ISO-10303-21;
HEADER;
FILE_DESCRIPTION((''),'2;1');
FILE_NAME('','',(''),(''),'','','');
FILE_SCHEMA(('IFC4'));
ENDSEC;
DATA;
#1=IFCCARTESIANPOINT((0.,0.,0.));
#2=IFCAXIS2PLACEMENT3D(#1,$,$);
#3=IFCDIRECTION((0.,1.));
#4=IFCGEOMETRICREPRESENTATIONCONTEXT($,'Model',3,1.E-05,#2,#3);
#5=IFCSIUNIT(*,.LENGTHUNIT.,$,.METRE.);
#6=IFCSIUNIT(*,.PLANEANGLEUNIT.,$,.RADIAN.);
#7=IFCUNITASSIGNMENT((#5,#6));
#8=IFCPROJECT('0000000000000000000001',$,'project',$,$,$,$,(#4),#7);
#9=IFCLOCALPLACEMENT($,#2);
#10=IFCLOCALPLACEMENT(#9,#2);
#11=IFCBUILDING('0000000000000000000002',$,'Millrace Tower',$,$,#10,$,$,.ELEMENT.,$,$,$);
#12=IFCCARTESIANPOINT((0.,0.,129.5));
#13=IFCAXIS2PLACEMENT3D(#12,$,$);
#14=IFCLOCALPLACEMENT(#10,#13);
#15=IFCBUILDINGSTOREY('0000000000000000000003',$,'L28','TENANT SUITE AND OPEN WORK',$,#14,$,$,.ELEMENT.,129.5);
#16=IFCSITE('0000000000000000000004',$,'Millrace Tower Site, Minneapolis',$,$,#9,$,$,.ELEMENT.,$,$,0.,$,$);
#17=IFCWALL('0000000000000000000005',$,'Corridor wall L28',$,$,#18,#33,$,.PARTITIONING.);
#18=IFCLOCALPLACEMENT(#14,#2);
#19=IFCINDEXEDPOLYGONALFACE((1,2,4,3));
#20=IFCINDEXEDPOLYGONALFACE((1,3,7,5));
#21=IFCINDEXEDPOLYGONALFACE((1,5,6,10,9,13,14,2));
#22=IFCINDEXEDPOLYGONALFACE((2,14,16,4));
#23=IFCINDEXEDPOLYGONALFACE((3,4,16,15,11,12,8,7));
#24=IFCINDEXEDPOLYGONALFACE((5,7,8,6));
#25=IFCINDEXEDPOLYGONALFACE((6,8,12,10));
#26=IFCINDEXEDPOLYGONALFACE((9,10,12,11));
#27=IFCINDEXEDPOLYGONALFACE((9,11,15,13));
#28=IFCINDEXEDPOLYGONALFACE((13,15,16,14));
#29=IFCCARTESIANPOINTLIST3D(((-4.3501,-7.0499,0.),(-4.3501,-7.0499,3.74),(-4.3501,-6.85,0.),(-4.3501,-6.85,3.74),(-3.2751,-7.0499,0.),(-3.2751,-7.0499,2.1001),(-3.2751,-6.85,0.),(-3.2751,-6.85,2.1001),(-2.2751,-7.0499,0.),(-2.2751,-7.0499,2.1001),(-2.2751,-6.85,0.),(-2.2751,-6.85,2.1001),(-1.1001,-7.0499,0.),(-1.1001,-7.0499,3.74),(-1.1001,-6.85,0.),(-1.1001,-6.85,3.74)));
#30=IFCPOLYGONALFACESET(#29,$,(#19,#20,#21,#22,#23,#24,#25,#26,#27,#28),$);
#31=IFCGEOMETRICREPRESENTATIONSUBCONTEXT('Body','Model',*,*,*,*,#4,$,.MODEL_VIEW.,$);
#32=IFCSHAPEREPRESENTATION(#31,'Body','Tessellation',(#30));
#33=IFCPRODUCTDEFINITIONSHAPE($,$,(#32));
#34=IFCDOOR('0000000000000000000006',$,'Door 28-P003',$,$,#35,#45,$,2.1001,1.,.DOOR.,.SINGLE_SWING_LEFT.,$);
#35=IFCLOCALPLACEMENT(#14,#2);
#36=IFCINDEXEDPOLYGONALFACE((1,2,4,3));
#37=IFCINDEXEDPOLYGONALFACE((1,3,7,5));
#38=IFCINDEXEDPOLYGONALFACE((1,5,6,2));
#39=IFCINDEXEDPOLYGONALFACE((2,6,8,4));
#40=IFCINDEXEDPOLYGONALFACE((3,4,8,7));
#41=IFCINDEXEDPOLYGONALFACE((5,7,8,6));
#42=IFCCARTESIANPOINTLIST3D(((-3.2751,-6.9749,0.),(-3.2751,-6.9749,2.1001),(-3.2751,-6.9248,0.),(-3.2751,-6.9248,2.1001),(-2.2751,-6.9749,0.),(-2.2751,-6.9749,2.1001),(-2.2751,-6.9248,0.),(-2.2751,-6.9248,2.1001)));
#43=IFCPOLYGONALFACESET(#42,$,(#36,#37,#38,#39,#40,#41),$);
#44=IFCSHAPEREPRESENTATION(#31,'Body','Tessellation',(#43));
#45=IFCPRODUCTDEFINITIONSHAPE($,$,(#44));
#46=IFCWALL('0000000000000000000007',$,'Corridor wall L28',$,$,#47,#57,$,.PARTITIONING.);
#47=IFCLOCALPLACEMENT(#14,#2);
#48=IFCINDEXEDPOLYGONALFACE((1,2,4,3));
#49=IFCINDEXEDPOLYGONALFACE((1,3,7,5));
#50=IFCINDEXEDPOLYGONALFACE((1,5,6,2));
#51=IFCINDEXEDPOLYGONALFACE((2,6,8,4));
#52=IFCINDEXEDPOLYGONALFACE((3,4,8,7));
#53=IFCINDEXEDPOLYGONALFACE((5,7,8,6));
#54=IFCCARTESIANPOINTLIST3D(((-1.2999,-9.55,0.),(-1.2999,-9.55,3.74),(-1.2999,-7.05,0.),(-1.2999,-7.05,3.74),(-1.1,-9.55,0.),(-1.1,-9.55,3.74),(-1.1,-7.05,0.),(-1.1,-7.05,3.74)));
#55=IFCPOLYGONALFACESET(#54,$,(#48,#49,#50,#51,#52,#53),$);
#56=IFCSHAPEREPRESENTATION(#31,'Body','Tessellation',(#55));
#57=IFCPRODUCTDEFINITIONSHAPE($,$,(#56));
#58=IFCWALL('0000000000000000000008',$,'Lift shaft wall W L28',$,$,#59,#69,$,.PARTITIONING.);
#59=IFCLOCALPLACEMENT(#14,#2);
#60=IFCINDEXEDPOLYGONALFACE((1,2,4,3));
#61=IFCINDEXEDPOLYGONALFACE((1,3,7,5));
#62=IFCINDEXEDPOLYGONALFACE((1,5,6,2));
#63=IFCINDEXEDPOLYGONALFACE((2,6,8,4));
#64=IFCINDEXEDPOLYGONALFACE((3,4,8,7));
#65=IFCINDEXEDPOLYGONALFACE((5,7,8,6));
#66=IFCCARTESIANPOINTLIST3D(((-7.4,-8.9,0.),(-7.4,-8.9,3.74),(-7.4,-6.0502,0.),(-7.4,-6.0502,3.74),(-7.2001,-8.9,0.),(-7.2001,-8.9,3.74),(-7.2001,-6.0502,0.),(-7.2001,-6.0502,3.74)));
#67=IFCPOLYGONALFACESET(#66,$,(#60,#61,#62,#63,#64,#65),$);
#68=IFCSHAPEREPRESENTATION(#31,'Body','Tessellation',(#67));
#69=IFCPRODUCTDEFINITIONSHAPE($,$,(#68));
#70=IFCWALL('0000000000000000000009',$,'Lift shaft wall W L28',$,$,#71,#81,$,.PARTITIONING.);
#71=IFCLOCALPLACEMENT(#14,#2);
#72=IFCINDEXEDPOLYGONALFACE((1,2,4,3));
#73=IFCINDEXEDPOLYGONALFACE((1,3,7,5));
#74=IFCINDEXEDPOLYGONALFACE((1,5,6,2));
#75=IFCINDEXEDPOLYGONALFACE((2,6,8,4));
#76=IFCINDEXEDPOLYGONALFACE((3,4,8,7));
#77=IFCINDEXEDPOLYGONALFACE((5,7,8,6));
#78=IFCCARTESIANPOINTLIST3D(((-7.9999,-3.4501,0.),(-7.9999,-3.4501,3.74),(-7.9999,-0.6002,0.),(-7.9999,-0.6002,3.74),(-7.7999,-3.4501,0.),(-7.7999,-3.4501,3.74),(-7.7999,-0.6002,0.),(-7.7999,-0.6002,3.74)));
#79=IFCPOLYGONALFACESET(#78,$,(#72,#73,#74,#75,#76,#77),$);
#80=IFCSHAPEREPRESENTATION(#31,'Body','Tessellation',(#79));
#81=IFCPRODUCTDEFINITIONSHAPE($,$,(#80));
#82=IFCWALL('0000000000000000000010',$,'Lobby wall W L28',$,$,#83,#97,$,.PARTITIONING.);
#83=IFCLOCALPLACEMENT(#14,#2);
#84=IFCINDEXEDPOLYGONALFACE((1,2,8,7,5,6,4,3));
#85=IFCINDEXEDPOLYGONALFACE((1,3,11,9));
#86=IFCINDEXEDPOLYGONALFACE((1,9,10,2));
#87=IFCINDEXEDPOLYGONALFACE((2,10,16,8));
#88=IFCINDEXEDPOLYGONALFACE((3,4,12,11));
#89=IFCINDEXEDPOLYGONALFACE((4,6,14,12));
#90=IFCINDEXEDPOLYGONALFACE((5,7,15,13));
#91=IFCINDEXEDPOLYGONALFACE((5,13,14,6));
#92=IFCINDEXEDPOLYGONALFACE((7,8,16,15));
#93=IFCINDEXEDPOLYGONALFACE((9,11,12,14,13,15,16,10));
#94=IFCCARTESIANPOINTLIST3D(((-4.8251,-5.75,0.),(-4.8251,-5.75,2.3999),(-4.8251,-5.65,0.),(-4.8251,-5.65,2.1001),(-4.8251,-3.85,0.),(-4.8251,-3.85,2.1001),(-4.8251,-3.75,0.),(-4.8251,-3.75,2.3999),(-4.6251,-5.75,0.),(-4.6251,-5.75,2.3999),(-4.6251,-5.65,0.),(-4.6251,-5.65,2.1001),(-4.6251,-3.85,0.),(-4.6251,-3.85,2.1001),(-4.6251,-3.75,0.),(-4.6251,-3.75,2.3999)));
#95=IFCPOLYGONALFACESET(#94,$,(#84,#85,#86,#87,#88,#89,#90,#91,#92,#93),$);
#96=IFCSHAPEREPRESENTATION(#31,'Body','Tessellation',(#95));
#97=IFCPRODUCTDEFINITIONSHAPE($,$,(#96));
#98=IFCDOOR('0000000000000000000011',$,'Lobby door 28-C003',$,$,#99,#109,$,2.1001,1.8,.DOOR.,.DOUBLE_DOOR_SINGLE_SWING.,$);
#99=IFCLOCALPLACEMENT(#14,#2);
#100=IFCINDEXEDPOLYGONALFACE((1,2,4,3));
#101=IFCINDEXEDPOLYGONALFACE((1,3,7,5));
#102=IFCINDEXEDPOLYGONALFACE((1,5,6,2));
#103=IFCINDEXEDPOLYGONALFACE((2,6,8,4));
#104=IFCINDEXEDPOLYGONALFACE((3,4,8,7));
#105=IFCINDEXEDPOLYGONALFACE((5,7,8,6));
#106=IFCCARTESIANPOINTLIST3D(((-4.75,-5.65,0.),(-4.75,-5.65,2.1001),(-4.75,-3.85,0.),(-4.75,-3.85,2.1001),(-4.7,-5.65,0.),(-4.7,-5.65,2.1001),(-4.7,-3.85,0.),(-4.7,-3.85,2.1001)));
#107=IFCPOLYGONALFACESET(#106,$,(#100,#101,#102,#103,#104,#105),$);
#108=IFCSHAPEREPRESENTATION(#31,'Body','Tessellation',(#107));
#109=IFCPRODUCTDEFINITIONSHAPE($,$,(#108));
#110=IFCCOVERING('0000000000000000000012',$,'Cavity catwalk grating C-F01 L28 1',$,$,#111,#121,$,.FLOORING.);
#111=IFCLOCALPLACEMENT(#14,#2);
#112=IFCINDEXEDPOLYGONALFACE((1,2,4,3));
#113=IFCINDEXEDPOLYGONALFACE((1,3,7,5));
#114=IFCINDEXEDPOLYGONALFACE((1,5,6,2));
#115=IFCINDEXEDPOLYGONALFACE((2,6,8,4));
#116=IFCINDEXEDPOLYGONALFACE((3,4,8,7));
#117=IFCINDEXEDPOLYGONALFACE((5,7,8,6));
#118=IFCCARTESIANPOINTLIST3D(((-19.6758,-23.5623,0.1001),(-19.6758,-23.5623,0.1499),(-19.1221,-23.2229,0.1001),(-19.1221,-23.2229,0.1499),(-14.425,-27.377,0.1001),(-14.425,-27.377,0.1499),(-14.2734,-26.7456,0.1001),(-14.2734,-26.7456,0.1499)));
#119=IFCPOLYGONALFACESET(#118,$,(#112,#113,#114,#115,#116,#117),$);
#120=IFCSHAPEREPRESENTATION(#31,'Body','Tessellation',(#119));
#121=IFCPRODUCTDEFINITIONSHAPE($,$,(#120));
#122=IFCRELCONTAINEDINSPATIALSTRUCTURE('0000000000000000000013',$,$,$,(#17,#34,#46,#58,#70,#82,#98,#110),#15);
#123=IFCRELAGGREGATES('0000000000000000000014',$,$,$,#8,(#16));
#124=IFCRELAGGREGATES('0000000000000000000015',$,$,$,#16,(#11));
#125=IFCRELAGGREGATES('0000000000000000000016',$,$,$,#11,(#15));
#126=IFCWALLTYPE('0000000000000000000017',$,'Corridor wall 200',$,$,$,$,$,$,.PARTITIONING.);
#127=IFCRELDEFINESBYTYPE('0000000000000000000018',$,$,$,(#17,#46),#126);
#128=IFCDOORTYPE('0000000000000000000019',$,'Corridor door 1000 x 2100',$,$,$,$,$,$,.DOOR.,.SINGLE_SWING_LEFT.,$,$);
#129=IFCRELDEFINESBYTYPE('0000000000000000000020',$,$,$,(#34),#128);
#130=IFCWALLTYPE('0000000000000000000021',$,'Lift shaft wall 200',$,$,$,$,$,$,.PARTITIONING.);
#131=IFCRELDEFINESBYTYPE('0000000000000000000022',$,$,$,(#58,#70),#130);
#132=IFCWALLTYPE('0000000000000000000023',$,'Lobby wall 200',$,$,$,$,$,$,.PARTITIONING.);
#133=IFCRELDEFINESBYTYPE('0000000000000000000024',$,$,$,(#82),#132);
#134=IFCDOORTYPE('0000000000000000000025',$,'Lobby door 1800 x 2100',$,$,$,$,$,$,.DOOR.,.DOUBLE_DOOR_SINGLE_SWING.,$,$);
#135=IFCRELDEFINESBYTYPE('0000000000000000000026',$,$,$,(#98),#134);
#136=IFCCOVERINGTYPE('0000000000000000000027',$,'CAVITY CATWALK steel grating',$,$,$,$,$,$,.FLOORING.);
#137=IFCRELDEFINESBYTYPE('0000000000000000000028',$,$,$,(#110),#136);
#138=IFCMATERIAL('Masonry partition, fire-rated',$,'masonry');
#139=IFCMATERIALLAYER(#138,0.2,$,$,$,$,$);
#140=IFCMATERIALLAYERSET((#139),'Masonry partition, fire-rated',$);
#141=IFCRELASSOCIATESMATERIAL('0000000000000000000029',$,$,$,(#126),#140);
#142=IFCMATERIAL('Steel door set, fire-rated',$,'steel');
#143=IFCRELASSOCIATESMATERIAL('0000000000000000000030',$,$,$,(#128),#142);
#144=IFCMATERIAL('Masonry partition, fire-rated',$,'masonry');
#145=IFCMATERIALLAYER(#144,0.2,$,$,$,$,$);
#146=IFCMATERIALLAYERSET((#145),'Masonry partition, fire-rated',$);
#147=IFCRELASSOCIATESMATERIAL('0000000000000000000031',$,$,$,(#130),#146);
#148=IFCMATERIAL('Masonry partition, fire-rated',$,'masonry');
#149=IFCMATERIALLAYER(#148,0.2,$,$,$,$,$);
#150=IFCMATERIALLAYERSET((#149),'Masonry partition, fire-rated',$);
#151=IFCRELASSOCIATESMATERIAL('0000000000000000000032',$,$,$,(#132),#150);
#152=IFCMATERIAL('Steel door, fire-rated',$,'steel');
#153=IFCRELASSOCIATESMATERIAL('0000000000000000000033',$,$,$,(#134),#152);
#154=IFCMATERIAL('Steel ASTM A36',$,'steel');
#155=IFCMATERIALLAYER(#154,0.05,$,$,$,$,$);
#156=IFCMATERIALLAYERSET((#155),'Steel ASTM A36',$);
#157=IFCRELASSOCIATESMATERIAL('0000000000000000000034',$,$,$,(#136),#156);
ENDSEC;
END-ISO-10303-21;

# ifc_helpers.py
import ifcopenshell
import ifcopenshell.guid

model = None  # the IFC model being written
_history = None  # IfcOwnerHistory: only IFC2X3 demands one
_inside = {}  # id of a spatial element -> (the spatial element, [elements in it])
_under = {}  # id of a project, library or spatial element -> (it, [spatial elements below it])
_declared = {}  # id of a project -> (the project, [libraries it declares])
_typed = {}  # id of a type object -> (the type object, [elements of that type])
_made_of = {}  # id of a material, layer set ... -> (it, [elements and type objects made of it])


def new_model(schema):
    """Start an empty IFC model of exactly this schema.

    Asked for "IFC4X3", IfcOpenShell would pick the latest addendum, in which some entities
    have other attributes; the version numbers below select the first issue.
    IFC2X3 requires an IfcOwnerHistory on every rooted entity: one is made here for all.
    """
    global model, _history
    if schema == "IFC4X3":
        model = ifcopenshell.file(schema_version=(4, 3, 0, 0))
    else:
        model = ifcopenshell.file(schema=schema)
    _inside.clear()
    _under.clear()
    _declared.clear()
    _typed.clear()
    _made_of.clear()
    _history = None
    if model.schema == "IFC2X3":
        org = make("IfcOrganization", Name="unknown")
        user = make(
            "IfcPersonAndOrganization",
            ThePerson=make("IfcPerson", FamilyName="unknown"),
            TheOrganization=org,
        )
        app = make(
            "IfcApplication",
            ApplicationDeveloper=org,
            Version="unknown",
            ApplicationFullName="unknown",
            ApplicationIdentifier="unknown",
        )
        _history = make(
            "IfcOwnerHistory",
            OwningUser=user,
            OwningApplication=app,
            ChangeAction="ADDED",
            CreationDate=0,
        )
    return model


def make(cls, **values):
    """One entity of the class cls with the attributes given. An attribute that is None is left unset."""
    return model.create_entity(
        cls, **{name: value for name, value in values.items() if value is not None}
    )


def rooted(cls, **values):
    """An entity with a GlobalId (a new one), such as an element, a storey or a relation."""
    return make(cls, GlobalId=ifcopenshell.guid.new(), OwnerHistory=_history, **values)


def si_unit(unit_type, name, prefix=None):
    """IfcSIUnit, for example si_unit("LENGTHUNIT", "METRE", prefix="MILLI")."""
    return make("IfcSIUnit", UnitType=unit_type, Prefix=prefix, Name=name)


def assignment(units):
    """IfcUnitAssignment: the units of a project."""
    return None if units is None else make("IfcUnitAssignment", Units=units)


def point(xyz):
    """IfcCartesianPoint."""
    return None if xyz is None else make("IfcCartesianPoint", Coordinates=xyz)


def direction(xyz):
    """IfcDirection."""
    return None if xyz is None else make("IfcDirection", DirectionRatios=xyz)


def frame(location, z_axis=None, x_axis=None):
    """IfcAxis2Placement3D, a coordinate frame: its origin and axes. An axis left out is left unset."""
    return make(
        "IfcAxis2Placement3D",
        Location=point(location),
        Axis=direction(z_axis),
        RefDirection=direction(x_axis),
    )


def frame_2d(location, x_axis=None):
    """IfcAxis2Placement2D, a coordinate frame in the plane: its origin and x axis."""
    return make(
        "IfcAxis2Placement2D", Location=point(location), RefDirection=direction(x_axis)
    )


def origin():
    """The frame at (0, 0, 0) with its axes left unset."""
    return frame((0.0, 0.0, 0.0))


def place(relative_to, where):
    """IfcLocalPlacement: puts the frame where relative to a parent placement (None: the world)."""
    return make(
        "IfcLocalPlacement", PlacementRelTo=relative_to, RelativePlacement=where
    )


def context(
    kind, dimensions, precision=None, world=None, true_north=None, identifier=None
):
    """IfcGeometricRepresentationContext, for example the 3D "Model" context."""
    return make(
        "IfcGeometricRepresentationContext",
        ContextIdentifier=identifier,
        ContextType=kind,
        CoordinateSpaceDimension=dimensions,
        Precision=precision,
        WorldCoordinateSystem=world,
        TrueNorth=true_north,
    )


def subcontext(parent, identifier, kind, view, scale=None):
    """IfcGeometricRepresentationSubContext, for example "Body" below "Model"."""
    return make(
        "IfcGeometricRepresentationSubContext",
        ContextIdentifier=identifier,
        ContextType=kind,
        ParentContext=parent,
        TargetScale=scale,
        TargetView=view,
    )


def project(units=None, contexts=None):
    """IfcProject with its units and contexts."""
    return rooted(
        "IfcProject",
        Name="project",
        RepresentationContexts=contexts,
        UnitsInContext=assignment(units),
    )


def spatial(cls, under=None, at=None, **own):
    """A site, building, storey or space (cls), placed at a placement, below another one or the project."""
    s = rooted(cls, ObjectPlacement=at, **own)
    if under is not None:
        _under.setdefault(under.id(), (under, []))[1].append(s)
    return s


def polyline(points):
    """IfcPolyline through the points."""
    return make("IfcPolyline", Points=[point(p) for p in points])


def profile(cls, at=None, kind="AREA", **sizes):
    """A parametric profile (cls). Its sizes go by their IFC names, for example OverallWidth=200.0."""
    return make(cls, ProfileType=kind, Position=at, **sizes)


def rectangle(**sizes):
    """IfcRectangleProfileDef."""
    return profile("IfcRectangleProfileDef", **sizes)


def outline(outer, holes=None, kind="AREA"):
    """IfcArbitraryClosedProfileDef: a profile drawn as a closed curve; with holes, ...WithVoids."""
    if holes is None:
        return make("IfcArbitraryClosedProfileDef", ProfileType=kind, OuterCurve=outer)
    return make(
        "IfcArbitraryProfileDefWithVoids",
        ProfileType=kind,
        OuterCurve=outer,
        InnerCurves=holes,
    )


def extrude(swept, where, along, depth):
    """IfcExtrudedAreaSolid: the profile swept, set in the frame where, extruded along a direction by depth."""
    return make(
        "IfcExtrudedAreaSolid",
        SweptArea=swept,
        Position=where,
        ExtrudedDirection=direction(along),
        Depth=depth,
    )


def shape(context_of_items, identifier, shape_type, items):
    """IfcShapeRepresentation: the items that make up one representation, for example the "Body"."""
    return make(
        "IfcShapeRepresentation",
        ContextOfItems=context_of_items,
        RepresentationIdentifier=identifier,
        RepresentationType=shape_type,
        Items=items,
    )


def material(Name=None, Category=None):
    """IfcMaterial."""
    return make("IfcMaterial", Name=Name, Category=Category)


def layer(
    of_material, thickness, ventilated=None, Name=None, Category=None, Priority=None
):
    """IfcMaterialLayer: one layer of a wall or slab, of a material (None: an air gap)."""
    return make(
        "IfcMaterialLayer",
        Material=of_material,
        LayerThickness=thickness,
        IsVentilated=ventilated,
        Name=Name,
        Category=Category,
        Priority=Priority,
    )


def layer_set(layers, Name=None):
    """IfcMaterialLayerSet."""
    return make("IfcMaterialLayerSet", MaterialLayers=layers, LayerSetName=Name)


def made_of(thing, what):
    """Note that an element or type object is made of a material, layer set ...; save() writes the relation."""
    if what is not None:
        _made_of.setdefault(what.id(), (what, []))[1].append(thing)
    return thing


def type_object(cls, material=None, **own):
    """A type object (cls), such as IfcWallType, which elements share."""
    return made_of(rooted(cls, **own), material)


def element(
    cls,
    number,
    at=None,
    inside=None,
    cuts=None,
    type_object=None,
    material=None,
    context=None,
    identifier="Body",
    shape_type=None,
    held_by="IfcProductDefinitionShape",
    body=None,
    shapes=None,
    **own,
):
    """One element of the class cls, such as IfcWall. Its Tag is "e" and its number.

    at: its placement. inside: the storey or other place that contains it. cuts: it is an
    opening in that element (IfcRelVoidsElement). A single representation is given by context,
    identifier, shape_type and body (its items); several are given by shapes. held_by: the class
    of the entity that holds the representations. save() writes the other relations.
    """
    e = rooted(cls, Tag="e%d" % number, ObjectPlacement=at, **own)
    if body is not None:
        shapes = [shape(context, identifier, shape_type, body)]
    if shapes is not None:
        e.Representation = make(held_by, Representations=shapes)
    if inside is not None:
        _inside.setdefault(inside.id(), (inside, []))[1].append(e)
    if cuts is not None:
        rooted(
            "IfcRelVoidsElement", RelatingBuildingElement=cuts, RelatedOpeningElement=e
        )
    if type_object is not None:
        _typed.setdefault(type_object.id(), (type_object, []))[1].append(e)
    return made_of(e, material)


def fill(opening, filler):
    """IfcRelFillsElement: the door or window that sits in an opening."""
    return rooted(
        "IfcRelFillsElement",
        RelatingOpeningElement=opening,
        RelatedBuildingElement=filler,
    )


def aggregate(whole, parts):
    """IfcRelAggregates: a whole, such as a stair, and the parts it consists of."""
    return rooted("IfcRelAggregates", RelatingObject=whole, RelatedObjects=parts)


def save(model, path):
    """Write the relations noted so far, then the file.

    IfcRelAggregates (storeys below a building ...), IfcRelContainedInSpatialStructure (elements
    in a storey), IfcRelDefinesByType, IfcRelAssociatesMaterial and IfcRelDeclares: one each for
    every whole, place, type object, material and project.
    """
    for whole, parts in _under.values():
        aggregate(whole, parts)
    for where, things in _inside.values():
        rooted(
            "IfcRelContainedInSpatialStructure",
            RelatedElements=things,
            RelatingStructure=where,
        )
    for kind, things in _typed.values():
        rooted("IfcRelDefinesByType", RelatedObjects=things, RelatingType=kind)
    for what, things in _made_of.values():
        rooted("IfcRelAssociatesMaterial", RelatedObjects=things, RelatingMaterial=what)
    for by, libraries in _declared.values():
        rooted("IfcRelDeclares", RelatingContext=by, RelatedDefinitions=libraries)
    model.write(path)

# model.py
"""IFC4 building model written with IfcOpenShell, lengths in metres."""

from ifc_helpers import new_model, si_unit, direction, frame, frame_2d, origin, place, context, subcontext, project, spatial, polyline, rectangle, outline, extrude, material, layer, layer_set, type_object, element, fill, save


model = new_model("IFC4")

# Units and contexts
model_context = context("Model", 3, precision=1e-05, world=origin(), true_north=direction((0.0, 1.0)))
body_context = subcontext(model_context, "Body", "Model", "MODEL_VIEW")
ifc_project = project(units=[si_unit("LENGTHUNIT", "METRE"), si_unit("PLANEANGLEUNIT", "RADIAN")], contexts=[model_context])

# Site, building, storey
site_placement = place(None, origin())
site = spatial("IfcSite", under=ifc_project, at=site_placement, Name="Millrace Tower Site, Minneapolis", CompositionType="ELEMENT", RefElevation=0.0)
building_placement = place(site_placement, origin())
building = spatial("IfcBuilding", under=site, at=building_placement, Name="Millrace Tower", CompositionType="ELEMENT")
storey_placement = place(building_placement, frame((0.0, 0.0, 129.5)))
storey = spatial("IfcBuildingStorey", under=building, at=storey_placement, Name="L28", Description="TENANT SUITE AND OPEN WORK", CompositionType="ELEMENT", Elevation=129.5)

# Shared definitions
ifc_material_1 = material(Name="Masonry partition, fire-rated", Category="masonry")
ifc_layer_1 = layer(ifc_material_1, 0.2)
ifc_layer_set_1 = layer_set([ifc_layer_1], Name="Masonry partition, fire-rated")
wall_type_1 = type_object("IfcWallType", Name="Corridor wall 200", PredefinedType="PARTITIONING", material=ifc_layer_set_1)

# Wall, opening, door
wall_1_placement = place(storey_placement, frame((-4.3501, -6.95, 0.0), z_axis=(0.0, 0.0, 1.0), x_axis=(1.0, 0.0, 0.0)))
wall_1 = element("IfcWall", 1, at=wall_1_placement, inside=storey, type_object=wall_type_1, Name="Corridor wall L28", PredefinedType="PARTITIONING", context=body_context, shape_type="SweptSolid", body=[
    extrude(rectangle(XDim=3.25, YDim=0.2, at=frame_2d((1.625, 0.0))), origin(), (0.0, 0.0, 1.0), 3.74),
])
opening_1_placement = place(wall_1_placement, frame((1.075, 0.0, 0.0)))
opening_1 = element("IfcOpeningElement", 2, at=opening_1_placement, cuts=wall_1, PredefinedType="OPENING", context=body_context, shape_type="SweptSolid", body=[
    extrude(rectangle(XDim=1.0, YDim=2.1001, at=frame_2d((0.5, 1.05))), frame((0.0, 0.1099, 0.0), z_axis=(0.0, -1.0, 0.0), x_axis=(1.0, 0.0, 0.0)), (0.0, 0.0, 1.0), 0.22),
])
ifc_material_2 = material(Name="Steel door set, fire-rated", Category="steel")
door_type_1 = type_object("IfcDoorType", Name="Corridor door 1000 x 2100", OperationType="SINGLE_SWING_LEFT", PredefinedType="DOOR", material=ifc_material_2)
door_1_placement = place(opening_1_placement, frame((1.0, 0.0, 0.0), z_axis=(0.0, 0.0, 1.0), x_axis=(-1.0, 0.0, 0.0)))
door_1 = element("IfcDoor", 3, at=door_1_placement, inside=storey, type_object=door_type_1, Name="Door 28-P003", OperationType="SINGLE_SWING_LEFT", OverallHeight=2.1001, OverallWidth=1.0, PredefinedType="DOOR", context=body_context, shape_type="SweptSolid", body=[
    extrude(rectangle(XDim=1.0, YDim=2.1001, at=frame_2d((0.5, 1.05))), frame((0.0, 0.0249, 0.0), z_axis=(0.0, -1.0, 0.0), x_axis=(1.0, 0.0, 0.0)), (0.0, 0.0, 1.0), 0.05),
])
fill(opening_1, door_1)

# Walls
wall_2_placement = place(storey_placement, frame((-1.2, -9.55, 0.0), z_axis=(0.0, 0.0, 1.0), x_axis=(0.0, 1.0, 0.0)))
element("IfcWall", 4, at=wall_2_placement, inside=storey, type_object=wall_type_1, Name="Corridor wall L28", PredefinedType="PARTITIONING", context=body_context, shape_type="SweptSolid", body=[
    extrude(rectangle(XDim=2.5, YDim=0.2, at=frame_2d((1.25, 0.0))), origin(), (0.0, 0.0, 1.0), 3.74),
])
ifc_material_3 = material(Name="Masonry partition, fire-rated", Category="masonry")
ifc_layer_2 = layer(ifc_material_3, 0.2)
ifc_layer_set_2 = layer_set([ifc_layer_2], Name="Masonry partition, fire-rated")
wall_type_2 = type_object("IfcWallType", Name="Lift shaft wall 200", PredefinedType="PARTITIONING", material=ifc_layer_set_2)
for number, where, z_axis, x_axis, name in (
    (5, (-7.3, -8.8999, 0.0), (0.0, 0.0, 1.0), (0.0, 1.0, 0.0), "Lift shaft wall W L28"),
    (6, (-7.8999, -3.45, 0.0), (0.0, 0.0, 1.0), (0.0, 1.0, 0.0), "Lift shaft wall W L28"),
):
    element("IfcWall", number, at=place(storey_placement, frame(where, z_axis=z_axis, x_axis=x_axis)), inside=storey, type_object=wall_type_2, Name=name, PredefinedType="PARTITIONING", context=body_context, shape_type="SweptSolid", body=[
        extrude(rectangle(XDim=2.8499, YDim=0.2, at=frame_2d((1.4248, 0.0))), origin(), (0.0, 0.0, 1.0), 3.74),
    ])

# Wall, opening, door
ifc_material_4 = material(Name="Masonry partition, fire-rated", Category="masonry")
ifc_layer_3 = layer(ifc_material_4, 0.2)
ifc_layer_set_3 = layer_set([ifc_layer_3], Name="Masonry partition, fire-rated")
wall_type_3 = type_object("IfcWallType", Name="Lobby wall 200", PredefinedType="PARTITIONING", material=ifc_layer_set_3)
wall_3_placement = place(storey_placement, frame((-4.7251, -5.75, 0.0), z_axis=(0.0, 0.0, 1.0), x_axis=(0.0, 1.0, 0.0)))
wall_3 = element("IfcWall", 7, at=wall_3_placement, inside=storey, type_object=wall_type_3, Name="Lobby wall W L28", PredefinedType="PARTITIONING", context=body_context, shape_type="SweptSolid", body=[
    extrude(rectangle(XDim=2.0, YDim=0.2, at=frame_2d((1.0, 0.0))), origin(), (0.0, 0.0, 1.0), 2.3999),
])
opening_2_placement = place(wall_3_placement, frame((0.1001, 0.0, 0.0)))
opening_2 = element("IfcOpeningElement", 8, at=opening_2_placement, cuts=wall_3, PredefinedType="OPENING", context=body_context, shape_type="SweptSolid", body=[
    extrude(rectangle(XDim=1.8, YDim=2.1001, at=frame_2d((0.8999, 1.05))), frame((0.0, 0.1099, 0.0), z_axis=(0.0, -1.0, 0.0), x_axis=(1.0, 0.0, 0.0)), (0.0, 0.0, 1.0), 0.22),
])
ifc_material_5 = material(Name="Steel door, fire-rated", Category="steel")
door_type_2 = type_object("IfcDoorType", Name="Lobby door 1800 x 2100", OperationType="DOUBLE_DOOR_SINGLE_SWING", PredefinedType="DOOR", material=ifc_material_5)
door_2_placement = place(opening_2_placement, origin())
door_2 = element("IfcDoor", 9, at=door_2_placement, inside=storey, type_object=door_type_2, Name="Lobby door 28-C003", OperationType="DOUBLE_DOOR_SINGLE_SWING", OverallHeight=2.1001, OverallWidth=1.8, PredefinedType="DOOR", context=body_context, shape_type="SweptSolid", body=[
    extrude(rectangle(XDim=1.8, YDim=2.1001, at=frame_2d((0.8999, 1.05))), frame((0.0, 0.0249, 0.0), z_axis=(0.0, -1.0, 0.0), x_axis=(1.0, 0.0, 0.0)), (0.0, 0.0, 1.0), 0.05),
])
fill(opening_2, door_2)

# Covering
ifc_material_6 = material(Name="Steel ASTM A36", Category="steel")
ifc_layer_4 = layer(ifc_material_6, 0.05)
ifc_layer_set_4 = layer_set([ifc_layer_4], Name="Steel ASTM A36")
covering_type = type_object("IfcCoveringType", Name="CAVITY CATWALK steel grating", PredefinedType="FLOORING", material=ifc_layer_set_4)
covering_placement = place(storey_placement, frame((0.0, 0.0, 0.1001)))
element("IfcCovering", 10, at=covering_placement, inside=storey, type_object=covering_type, Name="Cavity catwalk grating C-F01 L28 1", PredefinedType="FLOORING", context=body_context, shape_type="SweptSolid", body=[
    extrude(outline(polyline([(-19.6758, -23.5623), (-14.425, -27.377), (-14.2734, -26.7456), (-19.1221, -23.2229), (-19.6758, -23.5623)])), origin(), (0.0, 0.0, 1.0), 0.0498),
])

save(model, "model.ifc")
